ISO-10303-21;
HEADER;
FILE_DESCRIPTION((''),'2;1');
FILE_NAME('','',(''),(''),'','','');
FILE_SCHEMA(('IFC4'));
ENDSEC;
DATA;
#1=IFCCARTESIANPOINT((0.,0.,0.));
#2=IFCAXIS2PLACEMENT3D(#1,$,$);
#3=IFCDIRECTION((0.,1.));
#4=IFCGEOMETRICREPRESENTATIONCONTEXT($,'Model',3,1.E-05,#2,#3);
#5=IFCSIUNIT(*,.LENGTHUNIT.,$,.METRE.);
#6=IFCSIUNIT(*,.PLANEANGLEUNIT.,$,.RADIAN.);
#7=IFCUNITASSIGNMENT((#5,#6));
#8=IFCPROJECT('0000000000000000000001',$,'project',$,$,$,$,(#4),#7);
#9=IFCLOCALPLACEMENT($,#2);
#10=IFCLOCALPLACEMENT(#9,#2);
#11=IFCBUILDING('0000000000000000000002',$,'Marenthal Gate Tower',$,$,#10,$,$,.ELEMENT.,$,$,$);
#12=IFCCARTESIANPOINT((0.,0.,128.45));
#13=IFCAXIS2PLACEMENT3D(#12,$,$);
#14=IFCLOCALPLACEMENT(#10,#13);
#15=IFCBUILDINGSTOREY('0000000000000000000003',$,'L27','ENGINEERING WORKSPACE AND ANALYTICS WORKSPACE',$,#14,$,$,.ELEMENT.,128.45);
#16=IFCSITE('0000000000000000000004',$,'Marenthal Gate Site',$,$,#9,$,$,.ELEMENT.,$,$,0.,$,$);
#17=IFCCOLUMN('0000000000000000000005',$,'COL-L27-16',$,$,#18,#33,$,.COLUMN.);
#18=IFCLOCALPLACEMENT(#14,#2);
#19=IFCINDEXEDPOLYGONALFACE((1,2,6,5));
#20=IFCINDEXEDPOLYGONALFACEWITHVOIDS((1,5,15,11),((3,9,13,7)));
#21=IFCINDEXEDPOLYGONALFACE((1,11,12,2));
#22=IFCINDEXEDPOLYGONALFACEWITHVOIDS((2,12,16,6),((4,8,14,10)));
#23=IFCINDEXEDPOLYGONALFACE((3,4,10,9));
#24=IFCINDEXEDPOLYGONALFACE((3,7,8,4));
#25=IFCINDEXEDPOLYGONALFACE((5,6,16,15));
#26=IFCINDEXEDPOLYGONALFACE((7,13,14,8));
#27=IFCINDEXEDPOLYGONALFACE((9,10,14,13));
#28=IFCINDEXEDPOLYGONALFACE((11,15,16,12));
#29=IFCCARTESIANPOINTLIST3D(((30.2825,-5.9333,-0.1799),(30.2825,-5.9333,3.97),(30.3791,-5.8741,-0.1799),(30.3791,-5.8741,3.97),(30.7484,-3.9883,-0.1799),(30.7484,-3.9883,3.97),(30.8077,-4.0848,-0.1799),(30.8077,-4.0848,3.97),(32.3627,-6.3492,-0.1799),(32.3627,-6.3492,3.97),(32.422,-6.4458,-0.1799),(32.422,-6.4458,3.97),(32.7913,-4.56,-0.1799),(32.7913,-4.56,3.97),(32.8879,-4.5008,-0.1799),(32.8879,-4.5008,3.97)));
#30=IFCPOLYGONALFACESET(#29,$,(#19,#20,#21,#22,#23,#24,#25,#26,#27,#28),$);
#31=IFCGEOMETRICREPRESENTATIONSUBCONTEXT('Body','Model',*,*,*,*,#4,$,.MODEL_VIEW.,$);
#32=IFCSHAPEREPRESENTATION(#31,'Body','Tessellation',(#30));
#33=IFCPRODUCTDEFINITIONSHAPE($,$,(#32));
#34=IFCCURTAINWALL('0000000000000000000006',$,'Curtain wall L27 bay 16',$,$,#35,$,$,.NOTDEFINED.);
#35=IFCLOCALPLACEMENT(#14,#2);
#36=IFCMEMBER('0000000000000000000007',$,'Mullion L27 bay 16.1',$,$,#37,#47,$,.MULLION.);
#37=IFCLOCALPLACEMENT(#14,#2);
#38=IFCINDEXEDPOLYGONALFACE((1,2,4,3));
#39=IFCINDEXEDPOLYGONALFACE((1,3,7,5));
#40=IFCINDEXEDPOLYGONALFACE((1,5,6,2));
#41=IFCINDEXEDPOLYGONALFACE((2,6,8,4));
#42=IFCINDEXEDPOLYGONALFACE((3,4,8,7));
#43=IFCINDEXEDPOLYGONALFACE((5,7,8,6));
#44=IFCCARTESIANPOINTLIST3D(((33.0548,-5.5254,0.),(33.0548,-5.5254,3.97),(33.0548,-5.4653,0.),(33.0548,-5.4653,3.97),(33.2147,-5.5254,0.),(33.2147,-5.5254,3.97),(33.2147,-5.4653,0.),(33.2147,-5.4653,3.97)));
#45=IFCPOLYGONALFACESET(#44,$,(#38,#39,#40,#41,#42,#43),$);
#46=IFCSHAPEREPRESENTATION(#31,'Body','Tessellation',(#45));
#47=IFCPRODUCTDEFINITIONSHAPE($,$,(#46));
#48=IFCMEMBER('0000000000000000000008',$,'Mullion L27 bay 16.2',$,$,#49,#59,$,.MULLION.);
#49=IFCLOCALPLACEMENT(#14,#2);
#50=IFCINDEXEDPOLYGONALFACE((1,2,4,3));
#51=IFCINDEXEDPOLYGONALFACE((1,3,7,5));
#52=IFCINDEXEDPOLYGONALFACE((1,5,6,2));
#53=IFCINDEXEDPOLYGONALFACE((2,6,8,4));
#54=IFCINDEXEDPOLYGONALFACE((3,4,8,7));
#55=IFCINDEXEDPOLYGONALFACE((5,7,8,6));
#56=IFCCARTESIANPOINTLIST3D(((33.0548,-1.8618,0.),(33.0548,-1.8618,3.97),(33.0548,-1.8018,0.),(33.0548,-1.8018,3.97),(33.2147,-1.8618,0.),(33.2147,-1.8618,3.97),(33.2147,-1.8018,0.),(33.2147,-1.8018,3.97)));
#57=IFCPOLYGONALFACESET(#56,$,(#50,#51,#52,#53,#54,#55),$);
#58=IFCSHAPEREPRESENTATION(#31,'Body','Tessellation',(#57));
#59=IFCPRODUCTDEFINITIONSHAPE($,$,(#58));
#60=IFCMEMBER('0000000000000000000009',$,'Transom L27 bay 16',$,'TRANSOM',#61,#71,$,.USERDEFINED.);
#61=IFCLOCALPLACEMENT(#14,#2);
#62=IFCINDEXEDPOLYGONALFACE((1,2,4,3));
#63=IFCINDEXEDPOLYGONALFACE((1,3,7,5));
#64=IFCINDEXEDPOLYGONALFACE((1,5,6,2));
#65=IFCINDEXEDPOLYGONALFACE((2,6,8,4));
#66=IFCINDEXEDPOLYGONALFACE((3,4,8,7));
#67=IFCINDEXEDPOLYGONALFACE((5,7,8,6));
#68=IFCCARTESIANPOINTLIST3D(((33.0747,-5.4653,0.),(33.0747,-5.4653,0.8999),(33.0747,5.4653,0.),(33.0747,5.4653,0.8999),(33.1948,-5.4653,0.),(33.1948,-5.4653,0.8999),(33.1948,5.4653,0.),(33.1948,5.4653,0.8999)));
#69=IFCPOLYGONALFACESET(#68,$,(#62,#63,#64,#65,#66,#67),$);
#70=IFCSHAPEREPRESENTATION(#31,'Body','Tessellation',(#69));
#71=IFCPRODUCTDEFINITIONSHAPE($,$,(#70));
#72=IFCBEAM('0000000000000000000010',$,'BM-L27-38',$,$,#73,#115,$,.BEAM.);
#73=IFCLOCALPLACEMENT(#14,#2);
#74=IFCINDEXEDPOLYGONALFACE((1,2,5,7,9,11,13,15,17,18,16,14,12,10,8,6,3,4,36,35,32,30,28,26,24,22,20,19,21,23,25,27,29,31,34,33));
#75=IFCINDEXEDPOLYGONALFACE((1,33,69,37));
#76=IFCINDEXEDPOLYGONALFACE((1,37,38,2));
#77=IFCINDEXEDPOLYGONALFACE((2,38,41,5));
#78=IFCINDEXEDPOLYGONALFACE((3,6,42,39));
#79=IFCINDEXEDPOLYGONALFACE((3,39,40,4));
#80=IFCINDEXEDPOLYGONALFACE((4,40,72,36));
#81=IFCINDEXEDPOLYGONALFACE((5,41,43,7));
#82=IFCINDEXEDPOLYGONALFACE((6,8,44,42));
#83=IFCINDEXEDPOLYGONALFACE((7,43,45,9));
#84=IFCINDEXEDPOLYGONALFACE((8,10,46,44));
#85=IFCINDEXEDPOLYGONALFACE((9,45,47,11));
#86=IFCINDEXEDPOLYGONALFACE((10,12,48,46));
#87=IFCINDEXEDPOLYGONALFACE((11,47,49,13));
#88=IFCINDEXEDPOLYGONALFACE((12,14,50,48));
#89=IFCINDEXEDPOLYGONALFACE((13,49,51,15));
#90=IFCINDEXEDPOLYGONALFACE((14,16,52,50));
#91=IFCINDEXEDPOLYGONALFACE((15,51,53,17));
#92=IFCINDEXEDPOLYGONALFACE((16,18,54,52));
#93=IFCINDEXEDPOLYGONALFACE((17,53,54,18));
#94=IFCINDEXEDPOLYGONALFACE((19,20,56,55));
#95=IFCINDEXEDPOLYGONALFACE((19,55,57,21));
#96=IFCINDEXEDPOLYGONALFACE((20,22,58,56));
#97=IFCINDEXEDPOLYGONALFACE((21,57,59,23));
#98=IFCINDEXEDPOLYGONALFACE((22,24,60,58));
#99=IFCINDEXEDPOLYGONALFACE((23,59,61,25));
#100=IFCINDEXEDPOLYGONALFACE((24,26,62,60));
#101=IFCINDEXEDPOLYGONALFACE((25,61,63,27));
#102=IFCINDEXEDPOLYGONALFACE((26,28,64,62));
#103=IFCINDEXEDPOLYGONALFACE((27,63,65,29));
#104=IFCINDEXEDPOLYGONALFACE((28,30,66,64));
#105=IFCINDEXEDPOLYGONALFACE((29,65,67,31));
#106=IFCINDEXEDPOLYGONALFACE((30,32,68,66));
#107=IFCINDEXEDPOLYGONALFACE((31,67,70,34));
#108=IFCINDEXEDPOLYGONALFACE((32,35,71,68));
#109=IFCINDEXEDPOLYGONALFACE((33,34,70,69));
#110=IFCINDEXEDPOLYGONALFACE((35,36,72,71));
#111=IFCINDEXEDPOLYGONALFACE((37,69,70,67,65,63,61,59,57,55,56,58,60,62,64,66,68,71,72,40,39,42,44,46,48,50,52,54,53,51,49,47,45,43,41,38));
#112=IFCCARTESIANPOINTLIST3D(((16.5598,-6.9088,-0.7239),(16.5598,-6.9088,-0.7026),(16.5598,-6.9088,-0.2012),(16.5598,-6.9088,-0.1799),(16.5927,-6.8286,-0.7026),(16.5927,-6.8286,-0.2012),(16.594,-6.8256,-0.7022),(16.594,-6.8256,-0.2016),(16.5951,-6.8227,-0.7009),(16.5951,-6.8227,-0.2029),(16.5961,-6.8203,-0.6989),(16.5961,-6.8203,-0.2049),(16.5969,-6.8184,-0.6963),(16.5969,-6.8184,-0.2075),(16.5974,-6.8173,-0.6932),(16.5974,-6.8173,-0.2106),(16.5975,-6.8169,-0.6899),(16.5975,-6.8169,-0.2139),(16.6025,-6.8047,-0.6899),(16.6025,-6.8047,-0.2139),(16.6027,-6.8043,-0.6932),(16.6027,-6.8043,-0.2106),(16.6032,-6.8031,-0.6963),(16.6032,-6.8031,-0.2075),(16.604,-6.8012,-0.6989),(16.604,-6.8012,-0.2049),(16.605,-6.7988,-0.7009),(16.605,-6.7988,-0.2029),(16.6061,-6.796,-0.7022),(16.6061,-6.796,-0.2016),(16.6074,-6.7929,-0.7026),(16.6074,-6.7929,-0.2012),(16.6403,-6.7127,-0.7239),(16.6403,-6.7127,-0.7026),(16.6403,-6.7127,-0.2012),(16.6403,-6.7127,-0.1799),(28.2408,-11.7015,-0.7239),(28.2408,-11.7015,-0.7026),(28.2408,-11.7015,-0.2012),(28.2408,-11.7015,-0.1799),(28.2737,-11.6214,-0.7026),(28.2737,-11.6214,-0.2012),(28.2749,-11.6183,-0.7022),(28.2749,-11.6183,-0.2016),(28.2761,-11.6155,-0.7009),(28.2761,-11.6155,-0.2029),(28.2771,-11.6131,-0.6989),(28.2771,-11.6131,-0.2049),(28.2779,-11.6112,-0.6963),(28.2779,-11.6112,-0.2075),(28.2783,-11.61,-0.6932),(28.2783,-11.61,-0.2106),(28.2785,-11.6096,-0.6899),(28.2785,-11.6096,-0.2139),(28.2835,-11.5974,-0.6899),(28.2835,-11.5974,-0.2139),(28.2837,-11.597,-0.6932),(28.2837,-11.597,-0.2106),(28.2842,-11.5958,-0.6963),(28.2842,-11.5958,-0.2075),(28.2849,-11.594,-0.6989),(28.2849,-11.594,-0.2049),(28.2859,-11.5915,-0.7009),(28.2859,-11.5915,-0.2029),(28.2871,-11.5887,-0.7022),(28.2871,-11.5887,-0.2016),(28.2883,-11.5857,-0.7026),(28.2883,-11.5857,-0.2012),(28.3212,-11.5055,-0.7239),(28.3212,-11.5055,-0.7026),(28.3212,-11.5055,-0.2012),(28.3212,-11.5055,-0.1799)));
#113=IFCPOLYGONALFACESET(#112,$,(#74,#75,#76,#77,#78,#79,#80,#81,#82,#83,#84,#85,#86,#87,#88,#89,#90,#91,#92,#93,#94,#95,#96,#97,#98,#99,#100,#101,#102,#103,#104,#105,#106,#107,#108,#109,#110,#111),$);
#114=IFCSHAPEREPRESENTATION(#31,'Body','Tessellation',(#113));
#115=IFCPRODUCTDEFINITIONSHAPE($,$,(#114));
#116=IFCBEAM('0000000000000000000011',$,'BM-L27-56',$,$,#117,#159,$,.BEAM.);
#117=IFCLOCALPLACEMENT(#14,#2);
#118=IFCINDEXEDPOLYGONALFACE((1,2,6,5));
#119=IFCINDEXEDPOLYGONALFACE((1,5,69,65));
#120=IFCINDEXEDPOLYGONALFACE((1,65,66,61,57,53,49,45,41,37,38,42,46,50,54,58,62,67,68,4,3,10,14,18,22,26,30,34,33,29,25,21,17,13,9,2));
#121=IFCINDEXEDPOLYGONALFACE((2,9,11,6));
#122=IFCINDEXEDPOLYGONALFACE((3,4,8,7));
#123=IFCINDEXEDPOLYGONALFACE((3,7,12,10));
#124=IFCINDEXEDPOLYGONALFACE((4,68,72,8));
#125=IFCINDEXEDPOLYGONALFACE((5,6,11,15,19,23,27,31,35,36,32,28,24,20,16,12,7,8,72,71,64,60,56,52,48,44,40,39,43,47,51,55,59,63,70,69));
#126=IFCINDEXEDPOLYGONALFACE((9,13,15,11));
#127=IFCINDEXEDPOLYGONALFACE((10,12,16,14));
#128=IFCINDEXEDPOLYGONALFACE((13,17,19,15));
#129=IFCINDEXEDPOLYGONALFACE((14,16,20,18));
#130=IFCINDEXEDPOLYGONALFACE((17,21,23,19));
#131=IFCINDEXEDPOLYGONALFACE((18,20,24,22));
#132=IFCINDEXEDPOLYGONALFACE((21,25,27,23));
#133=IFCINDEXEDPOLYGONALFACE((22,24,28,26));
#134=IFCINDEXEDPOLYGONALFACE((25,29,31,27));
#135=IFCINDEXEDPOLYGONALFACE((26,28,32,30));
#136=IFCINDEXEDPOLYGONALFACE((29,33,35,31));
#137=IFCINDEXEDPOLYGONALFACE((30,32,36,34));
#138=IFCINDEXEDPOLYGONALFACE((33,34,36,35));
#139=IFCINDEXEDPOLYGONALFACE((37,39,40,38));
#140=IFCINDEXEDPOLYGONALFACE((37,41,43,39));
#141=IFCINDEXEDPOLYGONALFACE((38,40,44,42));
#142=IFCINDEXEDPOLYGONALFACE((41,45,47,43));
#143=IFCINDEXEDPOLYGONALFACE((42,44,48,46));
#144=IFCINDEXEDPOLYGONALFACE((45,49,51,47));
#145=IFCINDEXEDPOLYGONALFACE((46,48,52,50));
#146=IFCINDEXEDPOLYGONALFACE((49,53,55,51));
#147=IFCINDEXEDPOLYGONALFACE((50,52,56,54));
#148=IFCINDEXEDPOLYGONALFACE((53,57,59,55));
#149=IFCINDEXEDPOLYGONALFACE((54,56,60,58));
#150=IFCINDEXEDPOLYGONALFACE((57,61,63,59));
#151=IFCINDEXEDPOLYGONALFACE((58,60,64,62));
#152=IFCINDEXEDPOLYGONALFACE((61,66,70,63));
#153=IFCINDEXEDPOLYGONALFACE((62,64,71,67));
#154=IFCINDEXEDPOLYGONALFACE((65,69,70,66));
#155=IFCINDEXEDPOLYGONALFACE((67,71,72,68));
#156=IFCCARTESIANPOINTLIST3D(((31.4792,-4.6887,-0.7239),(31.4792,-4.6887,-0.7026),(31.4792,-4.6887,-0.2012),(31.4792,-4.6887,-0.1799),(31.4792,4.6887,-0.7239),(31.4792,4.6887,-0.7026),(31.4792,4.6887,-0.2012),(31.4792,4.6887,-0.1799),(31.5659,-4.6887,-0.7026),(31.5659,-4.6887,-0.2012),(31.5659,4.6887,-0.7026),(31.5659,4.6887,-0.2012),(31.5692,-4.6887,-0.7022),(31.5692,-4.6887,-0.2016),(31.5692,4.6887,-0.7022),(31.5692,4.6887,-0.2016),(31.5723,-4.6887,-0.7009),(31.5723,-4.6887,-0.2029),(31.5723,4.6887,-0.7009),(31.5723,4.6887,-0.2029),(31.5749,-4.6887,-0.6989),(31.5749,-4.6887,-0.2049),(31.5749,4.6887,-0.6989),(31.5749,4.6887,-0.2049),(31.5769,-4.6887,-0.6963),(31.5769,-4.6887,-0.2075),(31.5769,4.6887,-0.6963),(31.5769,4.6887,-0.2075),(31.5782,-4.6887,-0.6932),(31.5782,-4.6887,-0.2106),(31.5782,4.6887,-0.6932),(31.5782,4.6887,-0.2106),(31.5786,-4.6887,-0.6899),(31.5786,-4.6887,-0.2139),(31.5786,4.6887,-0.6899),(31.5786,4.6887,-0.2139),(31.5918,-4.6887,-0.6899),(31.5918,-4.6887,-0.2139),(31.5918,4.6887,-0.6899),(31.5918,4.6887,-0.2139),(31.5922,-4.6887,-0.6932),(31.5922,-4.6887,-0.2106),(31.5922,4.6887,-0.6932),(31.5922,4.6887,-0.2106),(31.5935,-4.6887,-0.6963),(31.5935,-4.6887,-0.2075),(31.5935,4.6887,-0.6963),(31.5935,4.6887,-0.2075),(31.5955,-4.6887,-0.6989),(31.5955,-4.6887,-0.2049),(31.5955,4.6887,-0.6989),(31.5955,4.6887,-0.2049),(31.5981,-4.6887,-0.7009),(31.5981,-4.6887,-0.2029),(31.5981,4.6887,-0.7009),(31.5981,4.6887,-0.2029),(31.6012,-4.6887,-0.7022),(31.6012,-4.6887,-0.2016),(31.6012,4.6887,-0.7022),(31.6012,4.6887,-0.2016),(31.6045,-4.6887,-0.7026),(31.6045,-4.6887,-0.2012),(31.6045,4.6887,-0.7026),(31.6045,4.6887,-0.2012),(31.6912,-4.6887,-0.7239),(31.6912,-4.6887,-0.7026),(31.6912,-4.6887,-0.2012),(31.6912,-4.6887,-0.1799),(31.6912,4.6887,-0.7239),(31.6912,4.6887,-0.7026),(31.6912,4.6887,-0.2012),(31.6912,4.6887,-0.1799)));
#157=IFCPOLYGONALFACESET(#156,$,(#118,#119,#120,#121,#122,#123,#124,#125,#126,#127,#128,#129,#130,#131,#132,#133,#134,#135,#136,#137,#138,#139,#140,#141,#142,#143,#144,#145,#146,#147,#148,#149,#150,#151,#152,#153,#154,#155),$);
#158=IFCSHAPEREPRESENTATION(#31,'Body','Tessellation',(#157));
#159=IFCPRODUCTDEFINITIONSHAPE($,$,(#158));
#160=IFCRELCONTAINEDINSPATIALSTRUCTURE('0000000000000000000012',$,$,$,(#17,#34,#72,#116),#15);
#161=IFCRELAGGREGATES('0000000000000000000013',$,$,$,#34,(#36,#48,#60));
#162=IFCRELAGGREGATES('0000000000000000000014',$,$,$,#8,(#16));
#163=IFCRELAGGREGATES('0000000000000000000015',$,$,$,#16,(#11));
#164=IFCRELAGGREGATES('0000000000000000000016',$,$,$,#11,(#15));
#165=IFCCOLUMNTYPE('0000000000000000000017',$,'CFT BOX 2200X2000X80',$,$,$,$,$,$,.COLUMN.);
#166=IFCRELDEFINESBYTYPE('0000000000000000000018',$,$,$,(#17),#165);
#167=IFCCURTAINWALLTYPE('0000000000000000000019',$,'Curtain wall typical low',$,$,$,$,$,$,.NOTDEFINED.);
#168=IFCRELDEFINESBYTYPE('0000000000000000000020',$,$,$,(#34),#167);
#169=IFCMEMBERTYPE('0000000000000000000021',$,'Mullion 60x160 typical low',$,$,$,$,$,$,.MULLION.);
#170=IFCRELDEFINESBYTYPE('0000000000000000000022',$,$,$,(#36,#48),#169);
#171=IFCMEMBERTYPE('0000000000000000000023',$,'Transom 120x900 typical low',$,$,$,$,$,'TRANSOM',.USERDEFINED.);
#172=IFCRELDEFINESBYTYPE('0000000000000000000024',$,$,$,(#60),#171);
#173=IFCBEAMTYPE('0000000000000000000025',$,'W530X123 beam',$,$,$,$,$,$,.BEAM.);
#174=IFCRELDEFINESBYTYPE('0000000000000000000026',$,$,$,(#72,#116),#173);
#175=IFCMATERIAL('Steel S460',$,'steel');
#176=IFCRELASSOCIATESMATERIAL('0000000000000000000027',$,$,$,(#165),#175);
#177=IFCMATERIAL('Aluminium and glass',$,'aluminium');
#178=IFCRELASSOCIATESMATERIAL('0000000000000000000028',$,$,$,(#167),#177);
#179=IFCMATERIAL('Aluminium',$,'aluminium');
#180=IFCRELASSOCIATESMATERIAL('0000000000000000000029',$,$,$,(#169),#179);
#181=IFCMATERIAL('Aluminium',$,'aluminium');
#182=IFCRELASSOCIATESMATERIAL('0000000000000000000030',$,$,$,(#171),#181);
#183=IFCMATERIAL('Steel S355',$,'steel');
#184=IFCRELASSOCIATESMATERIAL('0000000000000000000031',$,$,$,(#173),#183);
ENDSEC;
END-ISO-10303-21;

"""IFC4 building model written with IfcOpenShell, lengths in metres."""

from ifc_helpers import new_model, si_unit, direction, frame, origin, origin_2d, place, context, subcontext, project, spatial, rectangle, hollow_rectangle, i_section, extrude, material, material_profile, profile_set, type_object, element, aggregate, save


model = new_model("IFC4")

# Units and contexts
model_context = context("Model", 3, precision=1e-05, world=origin(), true_north=direction((0.0, 1.0)))
body_context = subcontext(model_context, "Body", "Model", "MODEL_VIEW")
ifc_project = project(units=[si_unit("LENGTHUNIT", "METRE"), si_unit("PLANEANGLEUNIT", "RADIAN")], contexts=[model_context])

# Site, building, storey
site_placement = place(None, origin())
site = spatial("IfcSite", under=ifc_project, at=site_placement, Name="Marenthal Gate Site", CompositionType="ELEMENT", RefElevation=0.0)
building_placement = place(site_placement, origin())
building = spatial("IfcBuilding", under=site, at=building_placement, Name="Marenthal Gate Tower", CompositionType="ELEMENT")
storey_placement = place(building_placement, frame((0.0, 0.0, 128.45)))
storey = spatial("IfcBuildingStorey", under=building, at=storey_placement, Name="L27", Description="ENGINEERING WORKSPACE AND ANALYTICS WORKSPACE", CompositionType="ELEMENT", Elevation=128.45)

# Column
ifc_material_1 = material(Name="Steel S460", Category="steel")
ifc_material_profile_1 = material_profile(ifc_material_1, hollow_rectangle(XDim=2.0, YDim=2.2, WallThickness=0.0801, at=origin_2d()), Name="CFT BOX 2200X2000X80")
ifc_material_2 = material(Name="Concrete 70 MPa", Category="concrete")
ifc_material_profile_2 = material_profile(ifc_material_2, rectangle(XDim=1.8401, YDim=2.04, at=origin_2d()), Name="CFT BOX 2200X2000X80 INFILL")
ifc_profile_set_1 = profile_set([ifc_material_profile_1, ifc_material_profile_2], Name="Steel S460 shell, Concrete 70 MPa infill")
column_type = type_object("IfcColumnType", Name="CFT BOX 2200X2000X80", PredefinedType="COLUMN", material=ifc_profile_set_1)
column_placement = place(storey_placement, frame((31.5852, -5.217, -0.1799), z_axis=(0.0, 0.0, 1.0), x_axis=(-0.23295, -0.972489, 0.0)))
element("IfcColumn", 1, at=column_placement, inside=storey, type_object=column_type, Name="COL-L27-16", PredefinedType="COLUMN", context=body_context, shape_type="SweptSolid", body=[
    extrude(hollow_rectangle(XDim=2.0, YDim=2.2, WallThickness=0.0801, at=origin_2d()), origin(), (0.0, 0.0, 1.0), 4.1499),
])

# Curtain wall, members
ifc_material_3 = material(Name="Aluminium and glass", Category="aluminium")
curtain_wall_type = type_object("IfcCurtainWallType", Name="Curtain wall typical low", PredefinedType="NOTDEFINED", material=ifc_material_3)
curtain_wall_placement = place(storey_placement, origin())
curtain_wall = element("IfcCurtainWall", 2, at=curtain_wall_placement, inside=storey, type_object=curtain_wall_type, Name="Curtain wall L27 bay 16", PredefinedType="NOTDEFINED")
ifc_material_4 = material(Name="Aluminium", Category="aluminium")
ifc_material_profile_3 = material_profile(ifc_material_4, rectangle(XDim=0.1599, YDim=0.0601, at=origin_2d()), Name="60x160 aluminium mullion")
ifc_profile_set_2 = profile_set([ifc_material_profile_3], Name="Aluminium")
member_type_1 = type_object("IfcMemberType", Name="Mullion 60x160 typical low", PredefinedType="MULLION", material=ifc_profile_set_2)
member_1_placement = place(storey_placement, frame((33.1348, -5.4954, 0.0), z_axis=(0.0, 0.0, 1.0), x_axis=(-1.0, 0.0, 0.0)))
member_1 = element("IfcMember", 3, at=member_1_placement, type_object=member_type_1, Name="Mullion L27 bay 16.1", PredefinedType="MULLION", context=body_context, shape_type="SweptSolid", body=[
    extrude(rectangle(XDim=0.1599, YDim=0.0601, at=origin_2d()), origin(), (0.0, 0.0, 1.0), 3.97),
])
member_2_placement = place(storey_placement, frame((33.1348, -1.8318, 0.0), z_axis=(0.0, 0.0, 1.0), x_axis=(-1.0, 0.0, 0.0)))
member_2 = element("IfcMember", 4, at=member_2_placement, type_object=member_type_1, Name="Mullion L27 bay 16.2", PredefinedType="MULLION", context=body_context, shape_type="SweptSolid", body=[
    extrude(rectangle(XDim=0.1599, YDim=0.0601, at=origin_2d()), origin(), (0.0, 0.0, 1.0), 3.97),
])
ifc_material_5 = material(Name="Aluminium", Category="aluminium")
ifc_material_profile_4 = material_profile(ifc_material_5, rectangle(XDim=0.1201, YDim=0.8999, at=origin_2d()), Name="120x900 aluminium transom")
ifc_profile_set_3 = profile_set([ifc_material_profile_4], Name="Aluminium")
member_type_2 = type_object("IfcMemberType", Name="Transom 120x900 typical low", ElementType="TRANSOM", PredefinedType="USERDEFINED", material=ifc_profile_set_3)
member_3_placement = place(storey_placement, frame((33.1348, -5.4653, 0.45), z_axis=(0.0, 1.0, 0.0), x_axis=(-1.0, 0.0, 0.0)))
member_3 = element("IfcMember", 5, at=member_3_placement, type_object=member_type_2, Name="Transom L27 bay 16", ObjectType="TRANSOM", PredefinedType="USERDEFINED", context=body_context, shape_type="SweptSolid", body=[
    extrude(rectangle(XDim=0.1201, YDim=0.8999, at=origin_2d()), origin(), (0.0, 0.0, 1.0), 10.9307),
])

# Beams
ifc_material_6 = material(Name="Steel S355", Category="steel")
ifc_material_profile_5 = material_profile(ifc_material_6, i_section(OverallWidth=0.2119, OverallDepth=0.5439, WebThickness=0.0132, FlangeThickness=0.0212, FilletRadius=0.0127, at=origin_2d()), Name="W530X123")
ifc_profile_set_4 = profile_set([ifc_material_profile_5], Name="Steel S355")
beam_type_1 = type_object("IfcBeamType", Name="W530X123 beam", PredefinedType="BEAM", material=ifc_profile_set_4)
beam_1_placement = place(storey_placement, frame((28.281, -11.6035, -0.4519), z_axis=(-0.925153, 0.379594, 0.0), x_axis=(-0.379594, -0.925153, 0.0)))
element("IfcBeam", 6, at=beam_1_placement, inside=storey, type_object=beam_type_1, Name="BM-L27-38", PredefinedType="BEAM", context=body_context, shape_type="SweptSolid", body=[
    extrude(i_section(OverallWidth=0.2119, OverallDepth=0.5439, WebThickness=0.0132, FlangeThickness=0.0212, FilletRadius=0.0127, at=origin_2d()), origin(), (0.0, 0.0, 1.0), 12.626),
])
beam_2_placement = place(storey_placement, frame((31.5852, -4.6887, -0.4519), z_axis=(0.0, 1.0, 0.0), x_axis=(-1.0, 0.0, 0.0)))
element("IfcBeam", 7, at=beam_2_placement, inside=storey, type_object=beam_type_1, Name="BM-L27-56", PredefinedType="BEAM", context=body_context, shape_type="SweptSolid", body=[
    extrude(i_section(OverallWidth=0.2119, OverallDepth=0.5439, WebThickness=0.0132, FlangeThickness=0.0212, FilletRadius=0.0127, at=origin_2d()), origin(), (0.0, 0.0, 1.0), 9.3774),
])

aggregate(curtain_wall, [member_1, member_2, member_3])

save(model, "model.ifc")
